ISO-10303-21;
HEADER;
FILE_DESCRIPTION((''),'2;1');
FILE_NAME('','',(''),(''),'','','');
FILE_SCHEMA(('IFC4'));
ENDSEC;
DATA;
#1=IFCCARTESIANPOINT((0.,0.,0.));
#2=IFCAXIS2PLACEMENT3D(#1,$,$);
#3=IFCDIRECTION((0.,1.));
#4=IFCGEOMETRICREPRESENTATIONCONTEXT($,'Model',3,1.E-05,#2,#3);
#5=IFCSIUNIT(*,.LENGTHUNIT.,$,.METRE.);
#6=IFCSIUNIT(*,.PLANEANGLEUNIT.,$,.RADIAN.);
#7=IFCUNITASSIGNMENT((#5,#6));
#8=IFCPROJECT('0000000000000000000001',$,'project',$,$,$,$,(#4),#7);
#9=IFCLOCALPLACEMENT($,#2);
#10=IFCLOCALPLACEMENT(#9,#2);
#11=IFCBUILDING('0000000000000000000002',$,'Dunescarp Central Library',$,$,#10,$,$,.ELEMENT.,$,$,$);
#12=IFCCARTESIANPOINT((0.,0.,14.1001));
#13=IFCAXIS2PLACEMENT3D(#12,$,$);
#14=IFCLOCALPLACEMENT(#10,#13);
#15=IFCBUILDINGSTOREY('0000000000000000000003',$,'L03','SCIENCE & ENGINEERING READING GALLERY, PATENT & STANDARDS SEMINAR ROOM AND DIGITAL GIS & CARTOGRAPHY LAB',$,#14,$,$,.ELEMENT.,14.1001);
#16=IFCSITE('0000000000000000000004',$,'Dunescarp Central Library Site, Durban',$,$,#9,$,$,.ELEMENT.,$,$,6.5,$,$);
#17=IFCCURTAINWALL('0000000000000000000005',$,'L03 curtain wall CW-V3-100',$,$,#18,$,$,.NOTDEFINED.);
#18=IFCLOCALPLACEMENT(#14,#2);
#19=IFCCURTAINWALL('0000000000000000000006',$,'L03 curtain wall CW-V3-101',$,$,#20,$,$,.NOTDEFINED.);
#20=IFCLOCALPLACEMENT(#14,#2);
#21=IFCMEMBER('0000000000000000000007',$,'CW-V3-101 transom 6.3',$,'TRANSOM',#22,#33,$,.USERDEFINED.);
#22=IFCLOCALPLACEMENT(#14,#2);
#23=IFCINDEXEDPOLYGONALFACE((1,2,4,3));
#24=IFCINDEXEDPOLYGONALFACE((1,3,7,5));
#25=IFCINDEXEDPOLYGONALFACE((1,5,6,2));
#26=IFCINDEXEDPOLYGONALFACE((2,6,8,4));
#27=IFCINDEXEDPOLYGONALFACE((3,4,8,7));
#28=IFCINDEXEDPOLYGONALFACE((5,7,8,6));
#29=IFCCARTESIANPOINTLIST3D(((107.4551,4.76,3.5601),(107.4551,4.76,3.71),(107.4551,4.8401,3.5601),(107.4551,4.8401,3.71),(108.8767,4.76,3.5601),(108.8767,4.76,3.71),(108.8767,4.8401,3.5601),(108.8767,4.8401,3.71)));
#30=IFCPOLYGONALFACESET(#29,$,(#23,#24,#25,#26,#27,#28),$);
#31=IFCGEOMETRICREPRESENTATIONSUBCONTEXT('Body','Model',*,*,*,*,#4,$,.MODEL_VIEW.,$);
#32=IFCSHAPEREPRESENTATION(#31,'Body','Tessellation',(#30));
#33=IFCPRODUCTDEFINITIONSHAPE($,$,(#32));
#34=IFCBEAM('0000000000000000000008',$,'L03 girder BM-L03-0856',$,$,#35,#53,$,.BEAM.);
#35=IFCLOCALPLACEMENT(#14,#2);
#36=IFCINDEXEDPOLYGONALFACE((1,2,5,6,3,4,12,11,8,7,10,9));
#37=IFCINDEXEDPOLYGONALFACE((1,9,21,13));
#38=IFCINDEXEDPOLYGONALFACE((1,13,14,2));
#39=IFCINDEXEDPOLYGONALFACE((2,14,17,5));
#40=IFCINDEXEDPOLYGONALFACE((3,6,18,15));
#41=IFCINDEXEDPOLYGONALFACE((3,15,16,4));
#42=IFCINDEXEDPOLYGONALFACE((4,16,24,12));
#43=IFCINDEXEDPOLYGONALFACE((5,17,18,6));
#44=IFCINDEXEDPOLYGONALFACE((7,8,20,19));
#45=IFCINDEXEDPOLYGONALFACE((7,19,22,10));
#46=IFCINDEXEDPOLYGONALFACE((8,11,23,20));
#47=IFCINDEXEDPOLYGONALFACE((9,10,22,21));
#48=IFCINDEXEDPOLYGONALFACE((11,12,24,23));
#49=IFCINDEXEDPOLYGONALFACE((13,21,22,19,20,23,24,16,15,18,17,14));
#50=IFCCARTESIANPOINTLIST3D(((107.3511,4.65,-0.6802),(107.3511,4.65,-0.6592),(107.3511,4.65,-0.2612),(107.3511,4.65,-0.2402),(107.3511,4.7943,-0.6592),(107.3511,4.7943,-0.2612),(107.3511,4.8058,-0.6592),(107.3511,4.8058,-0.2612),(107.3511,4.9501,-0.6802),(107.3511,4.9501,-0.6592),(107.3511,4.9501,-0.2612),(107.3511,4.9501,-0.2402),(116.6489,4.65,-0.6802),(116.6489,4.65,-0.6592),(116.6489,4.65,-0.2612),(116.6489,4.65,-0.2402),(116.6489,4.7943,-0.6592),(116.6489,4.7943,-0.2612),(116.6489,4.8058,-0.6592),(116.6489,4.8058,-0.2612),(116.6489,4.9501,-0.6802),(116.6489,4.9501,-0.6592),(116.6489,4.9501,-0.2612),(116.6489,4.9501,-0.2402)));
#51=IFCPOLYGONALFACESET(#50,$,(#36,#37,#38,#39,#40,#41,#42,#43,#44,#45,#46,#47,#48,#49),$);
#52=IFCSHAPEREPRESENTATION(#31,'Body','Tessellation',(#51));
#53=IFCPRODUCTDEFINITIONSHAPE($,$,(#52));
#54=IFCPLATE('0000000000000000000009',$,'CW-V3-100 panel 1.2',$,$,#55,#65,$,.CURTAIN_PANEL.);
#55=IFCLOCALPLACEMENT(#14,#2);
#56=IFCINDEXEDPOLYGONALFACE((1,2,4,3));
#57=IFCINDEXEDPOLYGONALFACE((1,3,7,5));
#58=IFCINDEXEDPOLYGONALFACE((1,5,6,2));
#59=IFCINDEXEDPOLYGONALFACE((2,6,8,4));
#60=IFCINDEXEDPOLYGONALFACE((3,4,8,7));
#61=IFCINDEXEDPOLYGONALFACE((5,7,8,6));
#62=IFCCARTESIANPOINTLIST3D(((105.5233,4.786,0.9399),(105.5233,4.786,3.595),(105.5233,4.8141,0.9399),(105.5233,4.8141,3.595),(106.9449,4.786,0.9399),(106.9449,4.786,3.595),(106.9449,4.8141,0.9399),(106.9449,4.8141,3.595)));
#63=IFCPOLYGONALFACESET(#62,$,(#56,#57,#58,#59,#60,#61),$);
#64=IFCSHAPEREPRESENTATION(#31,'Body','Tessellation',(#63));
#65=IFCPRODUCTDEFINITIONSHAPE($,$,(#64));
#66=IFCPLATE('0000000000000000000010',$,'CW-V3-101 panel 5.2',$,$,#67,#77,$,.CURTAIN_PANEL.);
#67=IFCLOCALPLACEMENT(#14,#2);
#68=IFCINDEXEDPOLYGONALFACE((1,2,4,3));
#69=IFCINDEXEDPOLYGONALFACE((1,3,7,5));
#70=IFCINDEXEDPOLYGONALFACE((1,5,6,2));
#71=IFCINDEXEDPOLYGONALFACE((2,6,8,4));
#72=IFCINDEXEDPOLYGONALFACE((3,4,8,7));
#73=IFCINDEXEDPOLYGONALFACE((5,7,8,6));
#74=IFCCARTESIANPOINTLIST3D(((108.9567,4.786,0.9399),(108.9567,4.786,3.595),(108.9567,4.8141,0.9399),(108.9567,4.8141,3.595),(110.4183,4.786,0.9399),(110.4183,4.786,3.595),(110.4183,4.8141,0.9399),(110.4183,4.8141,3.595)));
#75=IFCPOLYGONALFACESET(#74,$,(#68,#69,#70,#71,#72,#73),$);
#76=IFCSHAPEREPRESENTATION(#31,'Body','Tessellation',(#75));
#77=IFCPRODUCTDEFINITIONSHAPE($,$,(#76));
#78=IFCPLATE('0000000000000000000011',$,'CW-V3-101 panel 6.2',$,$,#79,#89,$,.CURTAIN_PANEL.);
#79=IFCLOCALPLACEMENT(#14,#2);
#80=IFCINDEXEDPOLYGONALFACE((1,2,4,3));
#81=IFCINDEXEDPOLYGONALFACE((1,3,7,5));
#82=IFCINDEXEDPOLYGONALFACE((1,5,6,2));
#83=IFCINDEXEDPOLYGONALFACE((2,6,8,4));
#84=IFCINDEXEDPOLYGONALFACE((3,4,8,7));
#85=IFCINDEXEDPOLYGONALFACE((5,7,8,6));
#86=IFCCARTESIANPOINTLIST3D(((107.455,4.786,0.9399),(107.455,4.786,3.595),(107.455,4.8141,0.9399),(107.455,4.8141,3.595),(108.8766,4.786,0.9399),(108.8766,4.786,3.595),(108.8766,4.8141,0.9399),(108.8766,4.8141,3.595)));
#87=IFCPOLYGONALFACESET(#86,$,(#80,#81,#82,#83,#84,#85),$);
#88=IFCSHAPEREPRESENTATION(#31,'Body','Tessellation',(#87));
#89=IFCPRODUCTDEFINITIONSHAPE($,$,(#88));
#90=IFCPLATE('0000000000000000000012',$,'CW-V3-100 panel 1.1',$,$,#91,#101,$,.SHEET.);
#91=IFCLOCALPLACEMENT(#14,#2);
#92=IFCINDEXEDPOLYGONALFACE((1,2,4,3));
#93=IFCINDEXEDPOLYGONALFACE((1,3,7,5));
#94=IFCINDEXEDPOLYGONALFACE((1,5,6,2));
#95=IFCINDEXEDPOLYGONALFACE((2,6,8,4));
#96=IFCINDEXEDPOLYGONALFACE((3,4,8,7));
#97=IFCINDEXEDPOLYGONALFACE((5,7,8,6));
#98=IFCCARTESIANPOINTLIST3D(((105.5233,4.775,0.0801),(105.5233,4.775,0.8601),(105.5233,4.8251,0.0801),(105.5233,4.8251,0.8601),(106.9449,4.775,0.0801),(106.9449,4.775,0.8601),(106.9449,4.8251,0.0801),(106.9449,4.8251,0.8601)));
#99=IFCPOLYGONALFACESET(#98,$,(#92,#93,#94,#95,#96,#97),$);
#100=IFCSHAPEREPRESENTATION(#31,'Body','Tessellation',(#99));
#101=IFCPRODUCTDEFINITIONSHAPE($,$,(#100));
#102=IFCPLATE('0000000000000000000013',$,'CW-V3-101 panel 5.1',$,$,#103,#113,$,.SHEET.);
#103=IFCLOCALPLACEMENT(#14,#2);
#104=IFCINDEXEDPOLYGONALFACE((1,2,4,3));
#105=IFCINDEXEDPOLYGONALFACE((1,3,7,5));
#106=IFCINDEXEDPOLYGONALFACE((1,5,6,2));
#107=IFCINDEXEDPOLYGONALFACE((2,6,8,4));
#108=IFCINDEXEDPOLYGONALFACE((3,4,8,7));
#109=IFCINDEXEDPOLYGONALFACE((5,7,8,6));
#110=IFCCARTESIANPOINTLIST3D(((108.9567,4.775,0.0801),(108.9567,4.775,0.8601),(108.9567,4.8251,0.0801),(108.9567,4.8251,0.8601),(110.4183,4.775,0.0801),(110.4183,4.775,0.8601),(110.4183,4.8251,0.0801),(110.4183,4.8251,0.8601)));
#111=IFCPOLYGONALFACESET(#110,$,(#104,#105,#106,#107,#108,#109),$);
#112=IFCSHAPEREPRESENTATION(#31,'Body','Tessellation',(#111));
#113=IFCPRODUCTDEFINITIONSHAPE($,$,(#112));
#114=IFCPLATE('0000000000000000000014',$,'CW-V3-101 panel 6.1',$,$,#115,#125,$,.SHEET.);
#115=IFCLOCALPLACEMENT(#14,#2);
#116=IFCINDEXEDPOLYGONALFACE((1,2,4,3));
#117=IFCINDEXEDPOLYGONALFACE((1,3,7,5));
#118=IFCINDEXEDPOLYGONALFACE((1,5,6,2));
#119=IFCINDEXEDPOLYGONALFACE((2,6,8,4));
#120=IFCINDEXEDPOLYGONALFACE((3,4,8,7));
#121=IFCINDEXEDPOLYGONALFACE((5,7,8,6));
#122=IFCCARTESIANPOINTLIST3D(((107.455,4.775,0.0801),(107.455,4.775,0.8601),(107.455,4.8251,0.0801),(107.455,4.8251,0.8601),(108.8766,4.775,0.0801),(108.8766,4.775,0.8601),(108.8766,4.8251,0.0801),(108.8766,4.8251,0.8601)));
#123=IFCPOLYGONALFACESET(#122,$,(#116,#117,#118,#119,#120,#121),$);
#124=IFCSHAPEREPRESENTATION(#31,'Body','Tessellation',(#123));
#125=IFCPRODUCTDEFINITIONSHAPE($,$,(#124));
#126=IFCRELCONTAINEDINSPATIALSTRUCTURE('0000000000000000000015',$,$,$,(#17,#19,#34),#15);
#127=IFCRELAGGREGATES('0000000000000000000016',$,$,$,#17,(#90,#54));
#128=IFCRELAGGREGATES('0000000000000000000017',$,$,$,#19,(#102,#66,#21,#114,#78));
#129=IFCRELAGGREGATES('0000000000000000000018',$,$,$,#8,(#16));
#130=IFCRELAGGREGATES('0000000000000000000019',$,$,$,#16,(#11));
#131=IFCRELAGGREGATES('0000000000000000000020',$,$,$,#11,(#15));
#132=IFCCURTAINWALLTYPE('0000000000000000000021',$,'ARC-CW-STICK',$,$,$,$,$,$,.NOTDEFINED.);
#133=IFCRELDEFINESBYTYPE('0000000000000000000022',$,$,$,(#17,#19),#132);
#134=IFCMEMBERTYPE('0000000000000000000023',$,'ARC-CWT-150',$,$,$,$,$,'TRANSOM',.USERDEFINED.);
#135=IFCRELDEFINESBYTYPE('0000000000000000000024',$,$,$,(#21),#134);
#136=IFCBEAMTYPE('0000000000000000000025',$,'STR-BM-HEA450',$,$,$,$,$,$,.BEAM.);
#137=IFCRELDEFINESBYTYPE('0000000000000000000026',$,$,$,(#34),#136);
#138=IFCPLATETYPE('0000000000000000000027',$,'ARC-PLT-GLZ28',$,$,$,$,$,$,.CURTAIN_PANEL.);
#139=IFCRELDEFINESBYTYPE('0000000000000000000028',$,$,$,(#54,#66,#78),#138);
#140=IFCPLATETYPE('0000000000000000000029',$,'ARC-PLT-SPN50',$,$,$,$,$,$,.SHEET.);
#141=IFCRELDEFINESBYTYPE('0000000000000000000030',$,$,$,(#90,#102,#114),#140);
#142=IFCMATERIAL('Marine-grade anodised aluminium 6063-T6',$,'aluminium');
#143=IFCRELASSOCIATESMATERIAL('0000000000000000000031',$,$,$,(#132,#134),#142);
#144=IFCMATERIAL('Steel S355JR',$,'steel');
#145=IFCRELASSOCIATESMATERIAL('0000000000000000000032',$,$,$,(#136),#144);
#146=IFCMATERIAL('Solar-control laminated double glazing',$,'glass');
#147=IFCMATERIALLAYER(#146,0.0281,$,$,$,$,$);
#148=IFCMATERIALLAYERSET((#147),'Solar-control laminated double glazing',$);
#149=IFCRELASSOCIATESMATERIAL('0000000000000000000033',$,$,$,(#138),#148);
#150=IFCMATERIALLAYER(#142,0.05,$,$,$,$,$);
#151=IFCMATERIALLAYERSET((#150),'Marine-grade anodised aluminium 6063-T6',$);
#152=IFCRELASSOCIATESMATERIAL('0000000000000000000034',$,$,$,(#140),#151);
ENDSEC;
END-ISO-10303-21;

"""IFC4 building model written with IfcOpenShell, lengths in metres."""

from ifc_helpers import new_model, si_unit, direction, frame, origin, origin_2d, place, context, subcontext, project, spatial, rectangle, i_section, extrude, material, layer, layer_set, material_profile, profile_set, type_object, element, aggregate, save


model = new_model("IFC4")

# Units and contexts
model_context = context("Model", 3, precision=1e-05, world=origin(), true_north=direction((0.0, 1.0)))
body_context = subcontext(model_context, "Body", "Model", "MODEL_VIEW")
ifc_project = project(units=[si_unit("LENGTHUNIT", "METRE"), si_unit("PLANEANGLEUNIT", "RADIAN")], contexts=[model_context])

# Site, building, storey
site_placement = place(None, origin())
site = spatial("IfcSite", under=ifc_project, at=site_placement, Name="Dunescarp Central Library Site, Durban", CompositionType="ELEMENT", RefElevation=6.5)
building_placement = place(site_placement, origin())
building = spatial("IfcBuilding", under=site, at=building_placement, Name="Dunescarp Central Library", CompositionType="ELEMENT")
storey_placement = place(building_placement, frame((0.0, 0.0, 14.1001)))
storey = spatial("IfcBuildingStorey", under=building, at=storey_placement, Name="L03", Description="SCIENCE & ENGINEERING READING GALLERY, PATENT & STANDARDS SEMINAR ROOM AND DIGITAL GIS & CARTOGRAPHY LAB", CompositionType="ELEMENT", Elevation=14.1001)

# Shared definitions
ifc_material_1 = material(Name="Steel S355JR", Category="steel")

# Curtain walls
ifc_material_2 = material(Name="Marine-grade anodised aluminium 6063-T6", Category="aluminium")
curtain_wall_type = type_object("IfcCurtainWallType", Name="ARC-CW-STICK", PredefinedType="NOTDEFINED", material=ifc_material_2)
curtain_wall_1_placement = place(storey_placement, origin())
curtain_wall_1 = element("IfcCurtainWall", 1, at=curtain_wall_1_placement, inside=storey, type_object=curtain_wall_type, Name="L03 curtain wall CW-V3-100", PredefinedType="NOTDEFINED")
curtain_wall_2_placement = place(storey_placement, origin())
curtain_wall_2 = element("IfcCurtainWall", 2, at=curtain_wall_2_placement, inside=storey, type_object=curtain_wall_type, Name="L03 curtain wall CW-V3-101", PredefinedType="NOTDEFINED")

# Member
ifc_material_profile_1 = material_profile(ifc_material_2, rectangle(XDim=0.0801, YDim=0.1499, at=origin_2d()), Name="AL 80x150")
ifc_profile_set_1 = profile_set([ifc_material_profile_1], Name="Marine-grade anodised aluminium 6063-T6")
member_type_1 = type_object("IfcMemberType", Name="ARC-CWT-150", ElementType="TRANSOM", PredefinedType="USERDEFINED", material=ifc_profile_set_1)
member_1_placement = place(storey_placement, frame((108.8767, 4.8, 3.635), z_axis=(-1.0, 0.0, 0.0), x_axis=(0.0, -1.0, 0.0)))
member_1 = element("IfcMember", 3, at=member_1_placement, type_object=member_type_1, Name="CW-V3-101 transom 6.3", ObjectType="TRANSOM", PredefinedType="USERDEFINED", context=body_context, shape_type="SweptSolid", body=[
    extrude(rectangle(XDim=0.0801, YDim=0.1499, at=origin_2d()), origin(), (0.0, 0.0, 1.0), 1.4216),
])

# Beam
ifc_material_profile_2 = material_profile(ifc_material_1, i_section(OverallWidth=0.3, OverallDepth=0.4399, WebThickness=0.0115, FlangeThickness=0.021, at=origin_2d()), Name="HEA 450")
ifc_profile_set_2 = profile_set([ifc_material_profile_2], Name="Steel S355JR")
beam_type = type_object("IfcBeamType", Name="STR-BM-HEA450", PredefinedType="BEAM", material=ifc_profile_set_2)
beam_placement = place(storey_placement, frame((107.3511, 4.8, -0.4602), z_axis=(1.0, 0.0, 0.0), x_axis=(0.0, 1.0, 0.0)))
element("IfcBeam", 4, at=beam_placement, inside=storey, type_object=beam_type, Name="L03 girder BM-L03-0856", PredefinedType="BEAM", context=body_context, shape_type="SweptSolid", body=[
    extrude(i_section(OverallWidth=0.3, OverallDepth=0.4399, WebThickness=0.0115, FlangeThickness=0.021, at=origin_2d()), origin(), (0.0, 0.0, 1.0), 9.2979),
])

# Plates
ifc_material_3 = material(Name="Solar-control laminated double glazing", Category="glass")
ifc_layer_1 = layer(ifc_material_3, 0.0281)
ifc_layer_set_1 = layer_set([ifc_layer_1], Name="Solar-control laminated double glazing")
plate_type_1 = type_object("IfcPlateType", Name="ARC-PLT-GLZ28", PredefinedType="CURTAIN_PANEL", material=ifc_layer_set_1)
plate_1_placement = place(storey_placement, frame((106.2341, 4.8, 0.9399), z_axis=(0.0, 0.0, 1.0), x_axis=(-1.0, 0.0, 0.0)))
plate_1 = element("IfcPlate", 5, at=plate_1_placement, type_object=plate_type_1, Name="CW-V3-100 panel 1.2", PredefinedType="CURTAIN_PANEL", context=body_context, shape_type="SweptSolid", body=[
    extrude(rectangle(XDim=1.4216, YDim=0.0281, at=origin_2d()), origin(), (0.0, 0.0, 1.0), 2.655),
])
plate_2_placement = place(storey_placement, frame((109.6875, 4.8, 0.9399), z_axis=(0.0, 0.0, 1.0), x_axis=(-1.0, 0.0, 0.0)))
plate_2 = element("IfcPlate", 6, at=plate_2_placement, type_object=plate_type_1, Name="CW-V3-101 panel 5.2", PredefinedType="CURTAIN_PANEL", context=body_context, shape_type="SweptSolid", body=[
    extrude(rectangle(XDim=1.4617, YDim=0.0281, at=origin_2d()), origin(), (0.0, 0.0, 1.0), 2.655),
])
plate_3_placement = place(storey_placement, frame((108.1658, 4.8, 0.9399), z_axis=(0.0, 0.0, 1.0), x_axis=(-1.0, 0.0, 0.0)))
plate_3 = element("IfcPlate", 7, at=plate_3_placement, type_object=plate_type_1, Name="CW-V3-101 panel 6.2", PredefinedType="CURTAIN_PANEL", context=body_context, shape_type="SweptSolid", body=[
    extrude(rectangle(XDim=1.4216, YDim=0.0281, at=origin_2d()), origin(), (0.0, 0.0, 1.0), 2.655),
])
ifc_layer_2 = layer(ifc_material_2, 0.05)
ifc_layer_set_2 = layer_set([ifc_layer_2], Name="Marine-grade anodised aluminium 6063-T6")
plate_type_2 = type_object("IfcPlateType", Name="ARC-PLT-SPN50", PredefinedType="SHEET", material=ifc_layer_set_2)
plate_4_placement = place(storey_placement, frame((106.2341, 4.8, 0.0801), z_axis=(0.0, 0.0, 1.0), x_axis=(-1.0, 0.0, 0.0)))
plate_4 = element("IfcPlate", 8, at=plate_4_placement, type_object=plate_type_2, Name="CW-V3-100 panel 1.1", PredefinedType="SHEET", context=body_context, shape_type="SweptSolid", body=[
    extrude(rectangle(XDim=1.4216, YDim=0.05, at=origin_2d()), origin(), (0.0, 0.0, 1.0), 0.78),
])
aggregate(curtain_wall_1, [plate_4, plate_1])
plate_5_placement = place(storey_placement, frame((109.6875, 4.8, 0.0801), z_axis=(0.0, 0.0, 1.0), x_axis=(-1.0, 0.0, 0.0)))
plate_5 = element("IfcPlate", 9, at=plate_5_placement, type_object=plate_type_2, Name="CW-V3-101 panel 5.1", PredefinedType="SHEET", context=body_context, shape_type="SweptSolid", body=[
    extrude(rectangle(XDim=1.4617, YDim=0.05, at=origin_2d()), origin(), (0.0, 0.0, 1.0), 0.78),
])
plate_6_placement = place(storey_placement, frame((108.1658, 4.8, 0.0801), z_axis=(0.0, 0.0, 1.0), x_axis=(-1.0, 0.0, 0.0)))
plate_6 = element("IfcPlate", 10, at=plate_6_placement, type_object=plate_type_2, Name="CW-V3-101 panel 6.1", PredefinedType="SHEET", context=body_context, shape_type="SweptSolid", body=[
    extrude(rectangle(XDim=1.4216, YDim=0.05, at=origin_2d()), origin(), (0.0, 0.0, 1.0), 0.78),
])
aggregate(curtain_wall_2, [plate_5, plate_2, member_1, plate_6, plate_3])

save(model, "model.ifc")
